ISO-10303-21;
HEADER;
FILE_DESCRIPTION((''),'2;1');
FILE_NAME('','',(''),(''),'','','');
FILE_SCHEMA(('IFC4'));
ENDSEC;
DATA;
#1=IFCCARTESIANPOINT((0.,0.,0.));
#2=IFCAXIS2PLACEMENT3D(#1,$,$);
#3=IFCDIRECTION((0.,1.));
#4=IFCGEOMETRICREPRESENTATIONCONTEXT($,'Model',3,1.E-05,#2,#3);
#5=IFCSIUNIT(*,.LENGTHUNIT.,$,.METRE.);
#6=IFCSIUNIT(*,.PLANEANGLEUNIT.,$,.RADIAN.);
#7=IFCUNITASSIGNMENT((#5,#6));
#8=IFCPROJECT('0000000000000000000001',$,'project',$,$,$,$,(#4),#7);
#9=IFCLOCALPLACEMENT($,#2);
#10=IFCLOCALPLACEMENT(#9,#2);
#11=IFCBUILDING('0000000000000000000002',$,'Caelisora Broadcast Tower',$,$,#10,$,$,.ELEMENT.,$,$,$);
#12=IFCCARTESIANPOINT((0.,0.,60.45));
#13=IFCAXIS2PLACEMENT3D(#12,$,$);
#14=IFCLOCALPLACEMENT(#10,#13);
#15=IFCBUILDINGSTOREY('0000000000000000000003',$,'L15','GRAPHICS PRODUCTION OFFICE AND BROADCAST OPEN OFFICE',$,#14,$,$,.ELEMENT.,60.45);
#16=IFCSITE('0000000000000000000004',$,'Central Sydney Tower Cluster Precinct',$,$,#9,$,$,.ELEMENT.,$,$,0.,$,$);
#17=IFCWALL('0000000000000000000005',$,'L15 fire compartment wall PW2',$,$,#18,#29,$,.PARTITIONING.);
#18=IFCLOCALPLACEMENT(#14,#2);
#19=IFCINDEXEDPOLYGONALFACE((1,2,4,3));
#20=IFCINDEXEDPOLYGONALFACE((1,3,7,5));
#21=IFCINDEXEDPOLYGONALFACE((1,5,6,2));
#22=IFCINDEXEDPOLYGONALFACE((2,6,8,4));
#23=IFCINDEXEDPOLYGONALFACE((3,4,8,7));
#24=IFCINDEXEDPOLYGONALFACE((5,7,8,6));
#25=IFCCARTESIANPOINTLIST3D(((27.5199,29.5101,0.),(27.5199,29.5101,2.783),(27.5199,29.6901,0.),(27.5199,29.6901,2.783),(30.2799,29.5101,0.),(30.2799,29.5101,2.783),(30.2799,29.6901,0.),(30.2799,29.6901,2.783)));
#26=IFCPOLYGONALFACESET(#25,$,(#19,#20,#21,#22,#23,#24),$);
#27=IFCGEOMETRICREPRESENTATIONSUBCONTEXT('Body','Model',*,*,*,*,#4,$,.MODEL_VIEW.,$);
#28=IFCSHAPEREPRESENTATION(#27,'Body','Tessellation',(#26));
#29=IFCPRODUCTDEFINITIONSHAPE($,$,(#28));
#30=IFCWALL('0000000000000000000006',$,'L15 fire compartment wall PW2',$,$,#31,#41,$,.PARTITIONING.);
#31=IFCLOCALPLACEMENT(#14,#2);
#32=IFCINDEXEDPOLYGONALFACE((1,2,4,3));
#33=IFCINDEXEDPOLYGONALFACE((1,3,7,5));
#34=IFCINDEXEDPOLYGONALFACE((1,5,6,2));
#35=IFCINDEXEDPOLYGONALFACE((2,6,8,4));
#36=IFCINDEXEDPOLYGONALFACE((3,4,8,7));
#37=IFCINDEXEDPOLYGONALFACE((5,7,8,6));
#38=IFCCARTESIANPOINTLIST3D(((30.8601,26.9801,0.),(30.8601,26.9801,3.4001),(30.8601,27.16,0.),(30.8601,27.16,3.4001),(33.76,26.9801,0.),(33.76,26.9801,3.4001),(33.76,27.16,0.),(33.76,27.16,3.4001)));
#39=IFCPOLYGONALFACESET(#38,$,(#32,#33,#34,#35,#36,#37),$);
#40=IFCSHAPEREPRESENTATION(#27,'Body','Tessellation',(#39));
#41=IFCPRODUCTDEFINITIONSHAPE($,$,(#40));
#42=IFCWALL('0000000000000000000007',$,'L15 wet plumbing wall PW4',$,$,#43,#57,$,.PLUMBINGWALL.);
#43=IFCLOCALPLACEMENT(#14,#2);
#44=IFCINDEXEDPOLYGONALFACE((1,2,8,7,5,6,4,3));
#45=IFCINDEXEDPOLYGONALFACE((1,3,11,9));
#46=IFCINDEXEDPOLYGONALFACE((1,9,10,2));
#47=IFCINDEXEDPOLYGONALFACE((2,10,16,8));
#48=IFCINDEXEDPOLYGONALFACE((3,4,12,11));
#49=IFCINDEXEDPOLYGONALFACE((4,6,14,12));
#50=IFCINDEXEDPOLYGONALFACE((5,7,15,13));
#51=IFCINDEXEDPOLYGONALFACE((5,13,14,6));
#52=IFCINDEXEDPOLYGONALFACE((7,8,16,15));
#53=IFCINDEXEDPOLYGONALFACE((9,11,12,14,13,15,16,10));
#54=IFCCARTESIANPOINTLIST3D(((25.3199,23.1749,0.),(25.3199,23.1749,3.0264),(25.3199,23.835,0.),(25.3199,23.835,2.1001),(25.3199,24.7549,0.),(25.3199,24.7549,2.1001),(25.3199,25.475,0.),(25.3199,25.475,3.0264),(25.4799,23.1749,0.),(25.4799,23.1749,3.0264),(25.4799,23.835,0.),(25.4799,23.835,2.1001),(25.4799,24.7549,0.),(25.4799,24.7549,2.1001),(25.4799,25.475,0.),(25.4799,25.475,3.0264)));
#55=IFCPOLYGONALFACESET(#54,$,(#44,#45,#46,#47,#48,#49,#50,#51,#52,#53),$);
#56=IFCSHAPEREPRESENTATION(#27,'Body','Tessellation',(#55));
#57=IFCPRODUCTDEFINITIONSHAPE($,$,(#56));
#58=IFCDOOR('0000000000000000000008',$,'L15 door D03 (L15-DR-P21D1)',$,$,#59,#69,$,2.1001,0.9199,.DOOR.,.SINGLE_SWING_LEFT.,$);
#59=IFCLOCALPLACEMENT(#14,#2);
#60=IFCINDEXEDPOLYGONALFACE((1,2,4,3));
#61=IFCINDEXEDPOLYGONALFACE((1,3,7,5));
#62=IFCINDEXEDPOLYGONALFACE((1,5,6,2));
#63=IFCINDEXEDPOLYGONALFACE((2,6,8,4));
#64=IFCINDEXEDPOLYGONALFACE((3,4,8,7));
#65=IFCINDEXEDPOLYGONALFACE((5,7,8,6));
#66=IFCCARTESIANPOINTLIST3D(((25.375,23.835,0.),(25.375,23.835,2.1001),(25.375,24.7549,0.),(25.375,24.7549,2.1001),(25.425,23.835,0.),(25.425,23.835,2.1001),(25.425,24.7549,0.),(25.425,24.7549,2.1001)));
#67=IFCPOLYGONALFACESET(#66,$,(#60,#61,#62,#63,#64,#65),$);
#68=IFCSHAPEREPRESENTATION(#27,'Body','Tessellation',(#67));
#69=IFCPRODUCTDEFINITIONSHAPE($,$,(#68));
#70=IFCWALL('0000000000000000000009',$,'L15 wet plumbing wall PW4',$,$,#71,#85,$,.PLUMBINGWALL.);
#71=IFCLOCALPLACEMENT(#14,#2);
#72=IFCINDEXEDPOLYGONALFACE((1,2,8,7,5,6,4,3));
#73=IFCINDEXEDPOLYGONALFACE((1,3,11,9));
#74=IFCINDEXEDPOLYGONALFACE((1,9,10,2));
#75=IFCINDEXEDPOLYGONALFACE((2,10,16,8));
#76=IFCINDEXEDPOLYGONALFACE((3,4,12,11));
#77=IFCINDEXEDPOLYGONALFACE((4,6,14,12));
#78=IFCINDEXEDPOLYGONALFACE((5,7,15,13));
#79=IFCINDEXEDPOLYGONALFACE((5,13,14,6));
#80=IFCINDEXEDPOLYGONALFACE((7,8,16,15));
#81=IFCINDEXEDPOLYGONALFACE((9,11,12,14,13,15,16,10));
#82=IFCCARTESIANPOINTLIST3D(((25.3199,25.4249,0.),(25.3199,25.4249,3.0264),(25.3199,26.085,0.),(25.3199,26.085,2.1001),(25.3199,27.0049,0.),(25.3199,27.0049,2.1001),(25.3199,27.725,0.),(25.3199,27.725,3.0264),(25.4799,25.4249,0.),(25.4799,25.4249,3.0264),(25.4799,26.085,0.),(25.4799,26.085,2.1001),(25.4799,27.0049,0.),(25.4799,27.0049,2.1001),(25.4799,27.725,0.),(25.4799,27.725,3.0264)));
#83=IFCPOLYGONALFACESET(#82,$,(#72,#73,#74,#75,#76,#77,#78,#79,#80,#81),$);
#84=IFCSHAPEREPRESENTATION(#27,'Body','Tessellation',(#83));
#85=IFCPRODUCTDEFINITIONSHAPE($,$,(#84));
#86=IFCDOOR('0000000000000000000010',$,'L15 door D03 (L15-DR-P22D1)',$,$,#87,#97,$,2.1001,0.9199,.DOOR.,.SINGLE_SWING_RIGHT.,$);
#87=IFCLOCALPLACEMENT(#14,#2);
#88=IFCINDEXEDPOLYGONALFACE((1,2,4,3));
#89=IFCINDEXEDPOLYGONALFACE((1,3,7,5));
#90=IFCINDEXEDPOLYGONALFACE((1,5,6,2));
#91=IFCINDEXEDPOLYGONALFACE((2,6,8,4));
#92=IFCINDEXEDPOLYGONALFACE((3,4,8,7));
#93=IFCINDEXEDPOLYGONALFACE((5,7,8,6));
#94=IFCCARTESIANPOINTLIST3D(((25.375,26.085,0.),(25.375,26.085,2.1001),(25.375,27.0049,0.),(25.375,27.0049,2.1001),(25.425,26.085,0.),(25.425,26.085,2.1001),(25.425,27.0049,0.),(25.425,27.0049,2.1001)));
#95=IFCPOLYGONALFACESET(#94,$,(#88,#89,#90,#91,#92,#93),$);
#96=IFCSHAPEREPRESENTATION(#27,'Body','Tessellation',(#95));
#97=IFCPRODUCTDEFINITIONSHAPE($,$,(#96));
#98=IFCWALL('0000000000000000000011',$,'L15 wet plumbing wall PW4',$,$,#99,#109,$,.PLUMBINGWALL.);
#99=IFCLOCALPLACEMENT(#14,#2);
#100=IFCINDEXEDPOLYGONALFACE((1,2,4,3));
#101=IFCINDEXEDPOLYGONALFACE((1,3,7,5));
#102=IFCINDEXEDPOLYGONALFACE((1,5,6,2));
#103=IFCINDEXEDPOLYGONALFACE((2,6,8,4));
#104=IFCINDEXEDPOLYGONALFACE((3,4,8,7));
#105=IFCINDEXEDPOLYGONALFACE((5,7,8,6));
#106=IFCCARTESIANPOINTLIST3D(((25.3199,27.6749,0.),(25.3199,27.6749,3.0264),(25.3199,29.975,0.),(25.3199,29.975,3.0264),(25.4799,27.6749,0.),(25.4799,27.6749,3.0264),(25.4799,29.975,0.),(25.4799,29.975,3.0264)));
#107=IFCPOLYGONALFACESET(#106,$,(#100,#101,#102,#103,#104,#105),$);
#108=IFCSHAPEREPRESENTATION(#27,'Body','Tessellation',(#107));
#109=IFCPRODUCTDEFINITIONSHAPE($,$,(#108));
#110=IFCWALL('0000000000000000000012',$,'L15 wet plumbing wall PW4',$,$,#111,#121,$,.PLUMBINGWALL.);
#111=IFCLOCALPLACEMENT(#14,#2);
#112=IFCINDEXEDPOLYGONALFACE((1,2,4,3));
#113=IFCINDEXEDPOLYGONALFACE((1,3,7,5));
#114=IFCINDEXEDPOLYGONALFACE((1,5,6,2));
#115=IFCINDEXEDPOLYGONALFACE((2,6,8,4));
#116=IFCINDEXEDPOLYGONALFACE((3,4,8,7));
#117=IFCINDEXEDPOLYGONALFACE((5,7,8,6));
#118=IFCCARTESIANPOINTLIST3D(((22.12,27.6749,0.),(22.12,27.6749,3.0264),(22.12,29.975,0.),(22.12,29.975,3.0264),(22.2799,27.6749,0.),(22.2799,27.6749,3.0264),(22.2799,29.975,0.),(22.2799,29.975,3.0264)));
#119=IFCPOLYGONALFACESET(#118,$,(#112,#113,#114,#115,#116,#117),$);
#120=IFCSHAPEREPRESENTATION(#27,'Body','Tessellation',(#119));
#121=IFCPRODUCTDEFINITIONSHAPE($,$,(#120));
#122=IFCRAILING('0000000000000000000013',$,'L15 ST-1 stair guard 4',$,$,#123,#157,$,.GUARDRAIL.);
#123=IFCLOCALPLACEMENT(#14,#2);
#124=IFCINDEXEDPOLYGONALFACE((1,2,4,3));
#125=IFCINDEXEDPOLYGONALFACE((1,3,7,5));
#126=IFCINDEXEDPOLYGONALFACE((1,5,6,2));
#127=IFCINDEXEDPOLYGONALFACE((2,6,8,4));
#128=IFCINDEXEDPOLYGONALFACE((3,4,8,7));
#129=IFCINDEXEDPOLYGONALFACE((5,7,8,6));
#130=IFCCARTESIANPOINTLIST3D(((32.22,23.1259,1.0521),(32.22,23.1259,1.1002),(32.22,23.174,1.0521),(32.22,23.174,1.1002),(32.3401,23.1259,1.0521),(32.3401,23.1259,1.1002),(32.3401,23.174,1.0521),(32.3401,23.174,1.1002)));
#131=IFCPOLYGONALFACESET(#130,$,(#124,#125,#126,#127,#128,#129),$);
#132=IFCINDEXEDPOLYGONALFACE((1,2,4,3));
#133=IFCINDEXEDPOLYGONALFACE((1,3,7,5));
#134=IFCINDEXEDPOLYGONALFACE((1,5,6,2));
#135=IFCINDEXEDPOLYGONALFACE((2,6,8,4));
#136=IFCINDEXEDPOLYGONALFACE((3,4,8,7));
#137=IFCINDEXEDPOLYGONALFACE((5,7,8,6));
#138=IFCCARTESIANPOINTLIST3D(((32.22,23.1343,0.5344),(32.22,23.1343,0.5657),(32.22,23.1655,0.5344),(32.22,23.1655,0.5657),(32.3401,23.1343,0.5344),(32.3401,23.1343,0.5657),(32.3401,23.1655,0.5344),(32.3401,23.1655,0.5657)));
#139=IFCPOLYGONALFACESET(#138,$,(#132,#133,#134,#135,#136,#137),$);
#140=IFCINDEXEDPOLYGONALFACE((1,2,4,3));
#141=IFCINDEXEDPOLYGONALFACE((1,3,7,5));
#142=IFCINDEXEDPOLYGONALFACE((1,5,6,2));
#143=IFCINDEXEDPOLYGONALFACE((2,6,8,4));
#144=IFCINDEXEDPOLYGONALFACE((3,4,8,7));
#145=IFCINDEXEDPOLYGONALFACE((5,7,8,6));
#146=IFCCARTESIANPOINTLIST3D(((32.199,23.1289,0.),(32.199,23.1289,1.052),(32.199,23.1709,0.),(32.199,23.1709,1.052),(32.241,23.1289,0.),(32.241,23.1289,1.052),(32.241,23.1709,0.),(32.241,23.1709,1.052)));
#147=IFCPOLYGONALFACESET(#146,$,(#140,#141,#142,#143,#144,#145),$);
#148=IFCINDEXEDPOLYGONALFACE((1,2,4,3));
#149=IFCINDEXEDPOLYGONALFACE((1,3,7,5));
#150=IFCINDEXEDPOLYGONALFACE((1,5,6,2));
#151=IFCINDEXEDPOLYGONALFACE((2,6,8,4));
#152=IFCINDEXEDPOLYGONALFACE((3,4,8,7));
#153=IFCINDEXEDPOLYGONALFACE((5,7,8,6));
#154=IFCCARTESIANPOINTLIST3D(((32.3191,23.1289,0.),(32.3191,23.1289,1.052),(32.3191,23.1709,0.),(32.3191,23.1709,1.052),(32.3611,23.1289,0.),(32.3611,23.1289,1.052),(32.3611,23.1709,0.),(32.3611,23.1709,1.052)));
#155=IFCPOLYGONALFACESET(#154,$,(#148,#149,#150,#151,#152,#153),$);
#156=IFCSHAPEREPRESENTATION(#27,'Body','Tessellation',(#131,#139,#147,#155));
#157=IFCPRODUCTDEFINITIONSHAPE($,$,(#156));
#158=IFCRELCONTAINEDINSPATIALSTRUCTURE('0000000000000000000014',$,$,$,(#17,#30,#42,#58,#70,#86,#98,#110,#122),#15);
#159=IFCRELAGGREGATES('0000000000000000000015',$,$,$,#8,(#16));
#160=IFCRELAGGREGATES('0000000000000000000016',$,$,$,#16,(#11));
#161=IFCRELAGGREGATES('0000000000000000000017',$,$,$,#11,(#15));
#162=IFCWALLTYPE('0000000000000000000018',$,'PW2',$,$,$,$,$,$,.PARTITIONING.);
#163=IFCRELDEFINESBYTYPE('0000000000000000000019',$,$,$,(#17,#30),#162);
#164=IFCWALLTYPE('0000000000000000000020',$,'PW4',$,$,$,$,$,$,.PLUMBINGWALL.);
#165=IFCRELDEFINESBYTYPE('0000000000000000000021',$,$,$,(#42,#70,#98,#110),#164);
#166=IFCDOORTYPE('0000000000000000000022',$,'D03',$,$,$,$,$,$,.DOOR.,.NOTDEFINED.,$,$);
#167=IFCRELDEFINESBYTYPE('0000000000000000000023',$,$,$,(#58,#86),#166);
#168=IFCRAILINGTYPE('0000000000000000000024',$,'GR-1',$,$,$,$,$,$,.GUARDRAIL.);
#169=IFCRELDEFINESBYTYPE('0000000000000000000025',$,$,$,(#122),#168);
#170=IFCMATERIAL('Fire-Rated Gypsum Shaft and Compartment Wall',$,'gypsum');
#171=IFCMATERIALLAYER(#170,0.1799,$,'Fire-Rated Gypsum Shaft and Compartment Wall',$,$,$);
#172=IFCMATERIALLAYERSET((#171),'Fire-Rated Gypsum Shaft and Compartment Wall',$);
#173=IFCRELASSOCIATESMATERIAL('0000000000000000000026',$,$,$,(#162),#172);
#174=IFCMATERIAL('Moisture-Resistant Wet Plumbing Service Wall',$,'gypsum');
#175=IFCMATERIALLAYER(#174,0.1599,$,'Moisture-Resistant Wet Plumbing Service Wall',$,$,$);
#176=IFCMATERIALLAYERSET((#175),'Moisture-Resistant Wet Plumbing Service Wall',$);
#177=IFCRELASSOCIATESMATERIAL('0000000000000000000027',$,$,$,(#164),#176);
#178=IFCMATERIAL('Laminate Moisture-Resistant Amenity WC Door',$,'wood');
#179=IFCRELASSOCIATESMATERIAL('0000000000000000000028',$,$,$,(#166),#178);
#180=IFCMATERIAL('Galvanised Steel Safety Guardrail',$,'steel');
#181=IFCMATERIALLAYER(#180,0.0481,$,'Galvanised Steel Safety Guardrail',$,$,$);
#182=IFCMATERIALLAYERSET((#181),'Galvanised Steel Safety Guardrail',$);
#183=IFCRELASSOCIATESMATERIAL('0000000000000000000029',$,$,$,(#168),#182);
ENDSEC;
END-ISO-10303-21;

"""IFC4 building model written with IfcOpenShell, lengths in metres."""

from ifc_helpers import new_model, si_unit, direction, frame, frame_2d, origin, origin_2d, place, context, subcontext, project, spatial, rectangle, extrude, material, layer, layer_set, type_object, element, fill, save


model = new_model("IFC4")

# Units and contexts
model_context = context("Model", 3, precision=1e-05, world=origin(), true_north=direction((0.0, 1.0)))
body_context = subcontext(model_context, "Body", "Model", "MODEL_VIEW")
ifc_project = project(units=[si_unit("LENGTHUNIT", "METRE"), si_unit("PLANEANGLEUNIT", "RADIAN")], contexts=[model_context])

# Site, building, storey
site_placement = place(None, origin())
site = spatial("IfcSite", under=ifc_project, at=site_placement, Name="Central Sydney Tower Cluster Precinct", CompositionType="ELEMENT", RefElevation=0.0)
building_placement = place(site_placement, origin())
building = spatial("IfcBuilding", under=site, at=building_placement, Name="Caelisora Broadcast Tower", CompositionType="ELEMENT")
storey_placement = place(building_placement, frame((0.0, 0.0, 60.45)))
storey = spatial("IfcBuildingStorey", under=building, at=storey_placement, Name="L15", Description="GRAPHICS PRODUCTION OFFICE AND BROADCAST OPEN OFFICE", CompositionType="ELEMENT", Elevation=60.45)

# Shared definitions
ifc_material_1 = material(Name="Fire-Rated Gypsum Shaft and Compartment Wall", Category="gypsum")
ifc_layer_1 = layer(ifc_material_1, 0.1799, Name="Fire-Rated Gypsum Shaft and Compartment Wall")
ifc_layer_set_1 = layer_set([ifc_layer_1], Name="Fire-Rated Gypsum Shaft and Compartment Wall")
wall_type_1 = type_object("IfcWallType", Name="PW2", PredefinedType="PARTITIONING", material=ifc_layer_set_1)

# Walls
wall_1_placement = place(storey_placement, frame((27.52, 29.6001, 0.0), z_axis=(0.0, 0.0, 1.0), x_axis=(1.0, 0.0, 0.0)))
element("IfcWall", 1, at=wall_1_placement, inside=storey, type_object=wall_type_1, Name="L15 fire compartment wall PW2", PredefinedType="PARTITIONING", context=body_context, shape_type="SweptSolid", body=[
    extrude(rectangle(XDim=2.76, YDim=0.1799, at=frame_2d((1.3799, 0.0))), origin(), (0.0, 0.0, 1.0), 2.783),
])
wall_2_placement = place(storey_placement, frame((30.8601, 27.0701, 0.0), z_axis=(0.0, 0.0, 1.0), x_axis=(1.0, 0.0, 0.0)))
element("IfcWall", 2, at=wall_2_placement, inside=storey, type_object=wall_type_1, Name="L15 fire compartment wall PW2", PredefinedType="PARTITIONING", context=body_context, shape_type="SweptSolid", body=[
    extrude(rectangle(XDim=2.8999, YDim=0.1799, at=frame_2d((1.45, 0.0))), origin(), (0.0, 0.0, 1.0), 3.4001),
])

# Walls, openings, doors
ifc_material_2 = material(Name="Moisture-Resistant Wet Plumbing Service Wall", Category="gypsum")
ifc_layer_2 = layer(ifc_material_2, 0.1599, Name="Moisture-Resistant Wet Plumbing Service Wall")
ifc_layer_set_2 = layer_set([ifc_layer_2], Name="Moisture-Resistant Wet Plumbing Service Wall")
wall_type_2 = type_object("IfcWallType", Name="PW4", PredefinedType="PLUMBINGWALL", material=ifc_layer_set_2)
wall_3_placement = place(storey_placement, frame((25.3999, 23.175, 0.0), z_axis=(0.0, 0.0, 1.0), x_axis=(0.0, 1.0, 0.0)))
wall_3 = element("IfcWall", 3, at=wall_3_placement, inside=storey, type_object=wall_type_2, Name="L15 wet plumbing wall PW4", PredefinedType="PLUMBINGWALL", context=body_context, shape_type="SweptSolid", body=[
    extrude(rectangle(XDim=2.3, YDim=0.1599, at=frame_2d((1.1499, 0.0))), origin(), (0.0, 0.0, 1.0), 3.0264),
])
opening_1_placement = place(wall_3_placement, frame((0.6599, 0.0, 0.0)))
opening_1 = element("IfcOpeningElement", 4, at=opening_1_placement, cuts=wall_3, PredefinedType="OPENING", context=body_context, shape_type="SweptSolid", body=[
    extrude(rectangle(XDim=0.9199, YDim=2.1001, at=frame_2d((0.46, 1.05))), frame((0.0, 0.092, 0.0), z_axis=(0.0, -1.0, 0.0), x_axis=(1.0, 0.0, 0.0)), (0.0, 0.0, 1.0), 0.1838),
])
ifc_material_3 = material(Name="Laminate Moisture-Resistant Amenity WC Door", Category="wood")
door_type_1 = type_object("IfcDoorType", Name="D03", OperationType="NOTDEFINED", PredefinedType="DOOR", material=ifc_material_3)
door_1_placement = place(opening_1_placement, origin())
door_1 = element("IfcDoor", 5, at=door_1_placement, inside=storey, type_object=door_type_1, Name="L15 door D03 (L15-DR-P21D1)", OperationType="SINGLE_SWING_LEFT", OverallHeight=2.1001, OverallWidth=0.9199, PredefinedType="DOOR", context=body_context, shape_type="SweptSolid", body=[
    extrude(rectangle(XDim=0.9199, YDim=2.1001, at=frame_2d((0.46, 1.05))), frame((0.0, 0.0249, 0.0), z_axis=(0.0, -1.0, 0.0), x_axis=(1.0, 0.0, 0.0)), (0.0, 0.0, 1.0), 0.05),
])
fill(opening_1, door_1)
wall_4_placement = place(storey_placement, frame((25.3999, 25.425, 0.0), z_axis=(0.0, 0.0, 1.0), x_axis=(0.0, 1.0, 0.0)))
wall_4 = element("IfcWall", 6, at=wall_4_placement, inside=storey, type_object=wall_type_2, Name="L15 wet plumbing wall PW4", PredefinedType="PLUMBINGWALL", context=body_context, shape_type="SweptSolid", body=[
    extrude(rectangle(XDim=2.3, YDim=0.1599, at=frame_2d((1.1499, 0.0))), origin(), (0.0, 0.0, 1.0), 3.0264),
])
opening_2_placement = place(wall_4_placement, frame((0.6599, 0.0, 0.0)))
opening_2 = element("IfcOpeningElement", 7, at=opening_2_placement, cuts=wall_4, PredefinedType="OPENING", context=body_context, shape_type="SweptSolid", body=[
    extrude(rectangle(XDim=0.9199, YDim=2.1001, at=frame_2d((0.46, 1.05))), frame((0.0, 0.092, 0.0), z_axis=(0.0, -1.0, 0.0), x_axis=(1.0, 0.0, 0.0)), (0.0, 0.0, 1.0), 0.1838),
])
door_2_placement = place(opening_2_placement, origin())
door_2 = element("IfcDoor", 8, at=door_2_placement, inside=storey, type_object=door_type_1, Name="L15 door D03 (L15-DR-P22D1)", OperationType="SINGLE_SWING_RIGHT", OverallHeight=2.1001, OverallWidth=0.9199, PredefinedType="DOOR", context=body_context, shape_type="SweptSolid", body=[
    extrude(rectangle(XDim=0.9199, YDim=2.1001, at=frame_2d((0.46, 1.05))), frame((0.0, 0.0249, 0.0), z_axis=(0.0, -1.0, 0.0), x_axis=(1.0, 0.0, 0.0)), (0.0, 0.0, 1.0), 0.05),
])
fill(opening_2, door_2)

# Walls
for number, where, z_axis, x_axis, name in (
    (9, (25.3999, 27.675, 0.0), (0.0, 0.0, 1.0), (0.0, 1.0, 0.0), "L15 wet plumbing wall PW4"),
    (10, (22.2, 27.675, 0.0), (0.0, 0.0, 1.0), (0.0, 1.0, 0.0), "L15 wet plumbing wall PW4"),
):
    element("IfcWall", number, at=place(storey_placement, frame(where, z_axis=z_axis, x_axis=x_axis)), inside=storey, type_object=wall_type_2, Name=name, PredefinedType="PLUMBINGWALL", context=body_context, shape_type="SweptSolid", body=[
        extrude(rectangle(XDim=2.3, YDim=0.1599, at=frame_2d((1.1499, 0.0))), origin(), (0.0, 0.0, 1.0), 3.0264),
    ])

# Railing
ifc_material_4 = material(Name="Galvanised Steel Safety Guardrail", Category="steel")
ifc_layer_3 = layer(ifc_material_4, 0.0481, Name="Galvanised Steel Safety Guardrail")
ifc_layer_set_3 = layer_set([ifc_layer_3], Name="Galvanised Steel Safety Guardrail")
railing_type = type_object("IfcRailingType", Name="GR-1", PredefinedType="GUARDRAIL", material=ifc_layer_set_3)
railing_placement = place(storey_placement, frame((32.22, 23.1499, 0.0)))
element("IfcRailing", 11, at=railing_placement, inside=storey, type_object=railing_type, Name="L15 ST-1 stair guard 4", PredefinedType="GUARDRAIL", context=body_context, shape_type="SweptSolid", body=[
    extrude(rectangle(XDim=0.0481, YDim=0.0481, at=origin_2d()), frame((0.0, 0.0, 1.0762), z_axis=(1.0, 0.0, 0.0), x_axis=(0.0, 1.0, 0.0)), (0.0, 0.0, 1.0), 0.1201),
    extrude(rectangle(XDim=0.0312, YDim=0.0312, at=origin_2d()), frame((0.0, 0.0, 0.55), z_axis=(1.0, 0.0, 0.0), x_axis=(0.0, 1.0, 0.0)), (0.0, 0.0, 1.0), 0.1201),
    extrude(rectangle(XDim=0.042, YDim=0.042, at=origin_2d()), origin(), (0.0, 0.0, 1.0), 1.052),
    extrude(rectangle(XDim=0.042, YDim=0.042, at=origin_2d()), frame((0.1201, 0.0, 0.0)), (0.0, 0.0, 1.0), 1.052),
])

save(model, "model.ifc")
